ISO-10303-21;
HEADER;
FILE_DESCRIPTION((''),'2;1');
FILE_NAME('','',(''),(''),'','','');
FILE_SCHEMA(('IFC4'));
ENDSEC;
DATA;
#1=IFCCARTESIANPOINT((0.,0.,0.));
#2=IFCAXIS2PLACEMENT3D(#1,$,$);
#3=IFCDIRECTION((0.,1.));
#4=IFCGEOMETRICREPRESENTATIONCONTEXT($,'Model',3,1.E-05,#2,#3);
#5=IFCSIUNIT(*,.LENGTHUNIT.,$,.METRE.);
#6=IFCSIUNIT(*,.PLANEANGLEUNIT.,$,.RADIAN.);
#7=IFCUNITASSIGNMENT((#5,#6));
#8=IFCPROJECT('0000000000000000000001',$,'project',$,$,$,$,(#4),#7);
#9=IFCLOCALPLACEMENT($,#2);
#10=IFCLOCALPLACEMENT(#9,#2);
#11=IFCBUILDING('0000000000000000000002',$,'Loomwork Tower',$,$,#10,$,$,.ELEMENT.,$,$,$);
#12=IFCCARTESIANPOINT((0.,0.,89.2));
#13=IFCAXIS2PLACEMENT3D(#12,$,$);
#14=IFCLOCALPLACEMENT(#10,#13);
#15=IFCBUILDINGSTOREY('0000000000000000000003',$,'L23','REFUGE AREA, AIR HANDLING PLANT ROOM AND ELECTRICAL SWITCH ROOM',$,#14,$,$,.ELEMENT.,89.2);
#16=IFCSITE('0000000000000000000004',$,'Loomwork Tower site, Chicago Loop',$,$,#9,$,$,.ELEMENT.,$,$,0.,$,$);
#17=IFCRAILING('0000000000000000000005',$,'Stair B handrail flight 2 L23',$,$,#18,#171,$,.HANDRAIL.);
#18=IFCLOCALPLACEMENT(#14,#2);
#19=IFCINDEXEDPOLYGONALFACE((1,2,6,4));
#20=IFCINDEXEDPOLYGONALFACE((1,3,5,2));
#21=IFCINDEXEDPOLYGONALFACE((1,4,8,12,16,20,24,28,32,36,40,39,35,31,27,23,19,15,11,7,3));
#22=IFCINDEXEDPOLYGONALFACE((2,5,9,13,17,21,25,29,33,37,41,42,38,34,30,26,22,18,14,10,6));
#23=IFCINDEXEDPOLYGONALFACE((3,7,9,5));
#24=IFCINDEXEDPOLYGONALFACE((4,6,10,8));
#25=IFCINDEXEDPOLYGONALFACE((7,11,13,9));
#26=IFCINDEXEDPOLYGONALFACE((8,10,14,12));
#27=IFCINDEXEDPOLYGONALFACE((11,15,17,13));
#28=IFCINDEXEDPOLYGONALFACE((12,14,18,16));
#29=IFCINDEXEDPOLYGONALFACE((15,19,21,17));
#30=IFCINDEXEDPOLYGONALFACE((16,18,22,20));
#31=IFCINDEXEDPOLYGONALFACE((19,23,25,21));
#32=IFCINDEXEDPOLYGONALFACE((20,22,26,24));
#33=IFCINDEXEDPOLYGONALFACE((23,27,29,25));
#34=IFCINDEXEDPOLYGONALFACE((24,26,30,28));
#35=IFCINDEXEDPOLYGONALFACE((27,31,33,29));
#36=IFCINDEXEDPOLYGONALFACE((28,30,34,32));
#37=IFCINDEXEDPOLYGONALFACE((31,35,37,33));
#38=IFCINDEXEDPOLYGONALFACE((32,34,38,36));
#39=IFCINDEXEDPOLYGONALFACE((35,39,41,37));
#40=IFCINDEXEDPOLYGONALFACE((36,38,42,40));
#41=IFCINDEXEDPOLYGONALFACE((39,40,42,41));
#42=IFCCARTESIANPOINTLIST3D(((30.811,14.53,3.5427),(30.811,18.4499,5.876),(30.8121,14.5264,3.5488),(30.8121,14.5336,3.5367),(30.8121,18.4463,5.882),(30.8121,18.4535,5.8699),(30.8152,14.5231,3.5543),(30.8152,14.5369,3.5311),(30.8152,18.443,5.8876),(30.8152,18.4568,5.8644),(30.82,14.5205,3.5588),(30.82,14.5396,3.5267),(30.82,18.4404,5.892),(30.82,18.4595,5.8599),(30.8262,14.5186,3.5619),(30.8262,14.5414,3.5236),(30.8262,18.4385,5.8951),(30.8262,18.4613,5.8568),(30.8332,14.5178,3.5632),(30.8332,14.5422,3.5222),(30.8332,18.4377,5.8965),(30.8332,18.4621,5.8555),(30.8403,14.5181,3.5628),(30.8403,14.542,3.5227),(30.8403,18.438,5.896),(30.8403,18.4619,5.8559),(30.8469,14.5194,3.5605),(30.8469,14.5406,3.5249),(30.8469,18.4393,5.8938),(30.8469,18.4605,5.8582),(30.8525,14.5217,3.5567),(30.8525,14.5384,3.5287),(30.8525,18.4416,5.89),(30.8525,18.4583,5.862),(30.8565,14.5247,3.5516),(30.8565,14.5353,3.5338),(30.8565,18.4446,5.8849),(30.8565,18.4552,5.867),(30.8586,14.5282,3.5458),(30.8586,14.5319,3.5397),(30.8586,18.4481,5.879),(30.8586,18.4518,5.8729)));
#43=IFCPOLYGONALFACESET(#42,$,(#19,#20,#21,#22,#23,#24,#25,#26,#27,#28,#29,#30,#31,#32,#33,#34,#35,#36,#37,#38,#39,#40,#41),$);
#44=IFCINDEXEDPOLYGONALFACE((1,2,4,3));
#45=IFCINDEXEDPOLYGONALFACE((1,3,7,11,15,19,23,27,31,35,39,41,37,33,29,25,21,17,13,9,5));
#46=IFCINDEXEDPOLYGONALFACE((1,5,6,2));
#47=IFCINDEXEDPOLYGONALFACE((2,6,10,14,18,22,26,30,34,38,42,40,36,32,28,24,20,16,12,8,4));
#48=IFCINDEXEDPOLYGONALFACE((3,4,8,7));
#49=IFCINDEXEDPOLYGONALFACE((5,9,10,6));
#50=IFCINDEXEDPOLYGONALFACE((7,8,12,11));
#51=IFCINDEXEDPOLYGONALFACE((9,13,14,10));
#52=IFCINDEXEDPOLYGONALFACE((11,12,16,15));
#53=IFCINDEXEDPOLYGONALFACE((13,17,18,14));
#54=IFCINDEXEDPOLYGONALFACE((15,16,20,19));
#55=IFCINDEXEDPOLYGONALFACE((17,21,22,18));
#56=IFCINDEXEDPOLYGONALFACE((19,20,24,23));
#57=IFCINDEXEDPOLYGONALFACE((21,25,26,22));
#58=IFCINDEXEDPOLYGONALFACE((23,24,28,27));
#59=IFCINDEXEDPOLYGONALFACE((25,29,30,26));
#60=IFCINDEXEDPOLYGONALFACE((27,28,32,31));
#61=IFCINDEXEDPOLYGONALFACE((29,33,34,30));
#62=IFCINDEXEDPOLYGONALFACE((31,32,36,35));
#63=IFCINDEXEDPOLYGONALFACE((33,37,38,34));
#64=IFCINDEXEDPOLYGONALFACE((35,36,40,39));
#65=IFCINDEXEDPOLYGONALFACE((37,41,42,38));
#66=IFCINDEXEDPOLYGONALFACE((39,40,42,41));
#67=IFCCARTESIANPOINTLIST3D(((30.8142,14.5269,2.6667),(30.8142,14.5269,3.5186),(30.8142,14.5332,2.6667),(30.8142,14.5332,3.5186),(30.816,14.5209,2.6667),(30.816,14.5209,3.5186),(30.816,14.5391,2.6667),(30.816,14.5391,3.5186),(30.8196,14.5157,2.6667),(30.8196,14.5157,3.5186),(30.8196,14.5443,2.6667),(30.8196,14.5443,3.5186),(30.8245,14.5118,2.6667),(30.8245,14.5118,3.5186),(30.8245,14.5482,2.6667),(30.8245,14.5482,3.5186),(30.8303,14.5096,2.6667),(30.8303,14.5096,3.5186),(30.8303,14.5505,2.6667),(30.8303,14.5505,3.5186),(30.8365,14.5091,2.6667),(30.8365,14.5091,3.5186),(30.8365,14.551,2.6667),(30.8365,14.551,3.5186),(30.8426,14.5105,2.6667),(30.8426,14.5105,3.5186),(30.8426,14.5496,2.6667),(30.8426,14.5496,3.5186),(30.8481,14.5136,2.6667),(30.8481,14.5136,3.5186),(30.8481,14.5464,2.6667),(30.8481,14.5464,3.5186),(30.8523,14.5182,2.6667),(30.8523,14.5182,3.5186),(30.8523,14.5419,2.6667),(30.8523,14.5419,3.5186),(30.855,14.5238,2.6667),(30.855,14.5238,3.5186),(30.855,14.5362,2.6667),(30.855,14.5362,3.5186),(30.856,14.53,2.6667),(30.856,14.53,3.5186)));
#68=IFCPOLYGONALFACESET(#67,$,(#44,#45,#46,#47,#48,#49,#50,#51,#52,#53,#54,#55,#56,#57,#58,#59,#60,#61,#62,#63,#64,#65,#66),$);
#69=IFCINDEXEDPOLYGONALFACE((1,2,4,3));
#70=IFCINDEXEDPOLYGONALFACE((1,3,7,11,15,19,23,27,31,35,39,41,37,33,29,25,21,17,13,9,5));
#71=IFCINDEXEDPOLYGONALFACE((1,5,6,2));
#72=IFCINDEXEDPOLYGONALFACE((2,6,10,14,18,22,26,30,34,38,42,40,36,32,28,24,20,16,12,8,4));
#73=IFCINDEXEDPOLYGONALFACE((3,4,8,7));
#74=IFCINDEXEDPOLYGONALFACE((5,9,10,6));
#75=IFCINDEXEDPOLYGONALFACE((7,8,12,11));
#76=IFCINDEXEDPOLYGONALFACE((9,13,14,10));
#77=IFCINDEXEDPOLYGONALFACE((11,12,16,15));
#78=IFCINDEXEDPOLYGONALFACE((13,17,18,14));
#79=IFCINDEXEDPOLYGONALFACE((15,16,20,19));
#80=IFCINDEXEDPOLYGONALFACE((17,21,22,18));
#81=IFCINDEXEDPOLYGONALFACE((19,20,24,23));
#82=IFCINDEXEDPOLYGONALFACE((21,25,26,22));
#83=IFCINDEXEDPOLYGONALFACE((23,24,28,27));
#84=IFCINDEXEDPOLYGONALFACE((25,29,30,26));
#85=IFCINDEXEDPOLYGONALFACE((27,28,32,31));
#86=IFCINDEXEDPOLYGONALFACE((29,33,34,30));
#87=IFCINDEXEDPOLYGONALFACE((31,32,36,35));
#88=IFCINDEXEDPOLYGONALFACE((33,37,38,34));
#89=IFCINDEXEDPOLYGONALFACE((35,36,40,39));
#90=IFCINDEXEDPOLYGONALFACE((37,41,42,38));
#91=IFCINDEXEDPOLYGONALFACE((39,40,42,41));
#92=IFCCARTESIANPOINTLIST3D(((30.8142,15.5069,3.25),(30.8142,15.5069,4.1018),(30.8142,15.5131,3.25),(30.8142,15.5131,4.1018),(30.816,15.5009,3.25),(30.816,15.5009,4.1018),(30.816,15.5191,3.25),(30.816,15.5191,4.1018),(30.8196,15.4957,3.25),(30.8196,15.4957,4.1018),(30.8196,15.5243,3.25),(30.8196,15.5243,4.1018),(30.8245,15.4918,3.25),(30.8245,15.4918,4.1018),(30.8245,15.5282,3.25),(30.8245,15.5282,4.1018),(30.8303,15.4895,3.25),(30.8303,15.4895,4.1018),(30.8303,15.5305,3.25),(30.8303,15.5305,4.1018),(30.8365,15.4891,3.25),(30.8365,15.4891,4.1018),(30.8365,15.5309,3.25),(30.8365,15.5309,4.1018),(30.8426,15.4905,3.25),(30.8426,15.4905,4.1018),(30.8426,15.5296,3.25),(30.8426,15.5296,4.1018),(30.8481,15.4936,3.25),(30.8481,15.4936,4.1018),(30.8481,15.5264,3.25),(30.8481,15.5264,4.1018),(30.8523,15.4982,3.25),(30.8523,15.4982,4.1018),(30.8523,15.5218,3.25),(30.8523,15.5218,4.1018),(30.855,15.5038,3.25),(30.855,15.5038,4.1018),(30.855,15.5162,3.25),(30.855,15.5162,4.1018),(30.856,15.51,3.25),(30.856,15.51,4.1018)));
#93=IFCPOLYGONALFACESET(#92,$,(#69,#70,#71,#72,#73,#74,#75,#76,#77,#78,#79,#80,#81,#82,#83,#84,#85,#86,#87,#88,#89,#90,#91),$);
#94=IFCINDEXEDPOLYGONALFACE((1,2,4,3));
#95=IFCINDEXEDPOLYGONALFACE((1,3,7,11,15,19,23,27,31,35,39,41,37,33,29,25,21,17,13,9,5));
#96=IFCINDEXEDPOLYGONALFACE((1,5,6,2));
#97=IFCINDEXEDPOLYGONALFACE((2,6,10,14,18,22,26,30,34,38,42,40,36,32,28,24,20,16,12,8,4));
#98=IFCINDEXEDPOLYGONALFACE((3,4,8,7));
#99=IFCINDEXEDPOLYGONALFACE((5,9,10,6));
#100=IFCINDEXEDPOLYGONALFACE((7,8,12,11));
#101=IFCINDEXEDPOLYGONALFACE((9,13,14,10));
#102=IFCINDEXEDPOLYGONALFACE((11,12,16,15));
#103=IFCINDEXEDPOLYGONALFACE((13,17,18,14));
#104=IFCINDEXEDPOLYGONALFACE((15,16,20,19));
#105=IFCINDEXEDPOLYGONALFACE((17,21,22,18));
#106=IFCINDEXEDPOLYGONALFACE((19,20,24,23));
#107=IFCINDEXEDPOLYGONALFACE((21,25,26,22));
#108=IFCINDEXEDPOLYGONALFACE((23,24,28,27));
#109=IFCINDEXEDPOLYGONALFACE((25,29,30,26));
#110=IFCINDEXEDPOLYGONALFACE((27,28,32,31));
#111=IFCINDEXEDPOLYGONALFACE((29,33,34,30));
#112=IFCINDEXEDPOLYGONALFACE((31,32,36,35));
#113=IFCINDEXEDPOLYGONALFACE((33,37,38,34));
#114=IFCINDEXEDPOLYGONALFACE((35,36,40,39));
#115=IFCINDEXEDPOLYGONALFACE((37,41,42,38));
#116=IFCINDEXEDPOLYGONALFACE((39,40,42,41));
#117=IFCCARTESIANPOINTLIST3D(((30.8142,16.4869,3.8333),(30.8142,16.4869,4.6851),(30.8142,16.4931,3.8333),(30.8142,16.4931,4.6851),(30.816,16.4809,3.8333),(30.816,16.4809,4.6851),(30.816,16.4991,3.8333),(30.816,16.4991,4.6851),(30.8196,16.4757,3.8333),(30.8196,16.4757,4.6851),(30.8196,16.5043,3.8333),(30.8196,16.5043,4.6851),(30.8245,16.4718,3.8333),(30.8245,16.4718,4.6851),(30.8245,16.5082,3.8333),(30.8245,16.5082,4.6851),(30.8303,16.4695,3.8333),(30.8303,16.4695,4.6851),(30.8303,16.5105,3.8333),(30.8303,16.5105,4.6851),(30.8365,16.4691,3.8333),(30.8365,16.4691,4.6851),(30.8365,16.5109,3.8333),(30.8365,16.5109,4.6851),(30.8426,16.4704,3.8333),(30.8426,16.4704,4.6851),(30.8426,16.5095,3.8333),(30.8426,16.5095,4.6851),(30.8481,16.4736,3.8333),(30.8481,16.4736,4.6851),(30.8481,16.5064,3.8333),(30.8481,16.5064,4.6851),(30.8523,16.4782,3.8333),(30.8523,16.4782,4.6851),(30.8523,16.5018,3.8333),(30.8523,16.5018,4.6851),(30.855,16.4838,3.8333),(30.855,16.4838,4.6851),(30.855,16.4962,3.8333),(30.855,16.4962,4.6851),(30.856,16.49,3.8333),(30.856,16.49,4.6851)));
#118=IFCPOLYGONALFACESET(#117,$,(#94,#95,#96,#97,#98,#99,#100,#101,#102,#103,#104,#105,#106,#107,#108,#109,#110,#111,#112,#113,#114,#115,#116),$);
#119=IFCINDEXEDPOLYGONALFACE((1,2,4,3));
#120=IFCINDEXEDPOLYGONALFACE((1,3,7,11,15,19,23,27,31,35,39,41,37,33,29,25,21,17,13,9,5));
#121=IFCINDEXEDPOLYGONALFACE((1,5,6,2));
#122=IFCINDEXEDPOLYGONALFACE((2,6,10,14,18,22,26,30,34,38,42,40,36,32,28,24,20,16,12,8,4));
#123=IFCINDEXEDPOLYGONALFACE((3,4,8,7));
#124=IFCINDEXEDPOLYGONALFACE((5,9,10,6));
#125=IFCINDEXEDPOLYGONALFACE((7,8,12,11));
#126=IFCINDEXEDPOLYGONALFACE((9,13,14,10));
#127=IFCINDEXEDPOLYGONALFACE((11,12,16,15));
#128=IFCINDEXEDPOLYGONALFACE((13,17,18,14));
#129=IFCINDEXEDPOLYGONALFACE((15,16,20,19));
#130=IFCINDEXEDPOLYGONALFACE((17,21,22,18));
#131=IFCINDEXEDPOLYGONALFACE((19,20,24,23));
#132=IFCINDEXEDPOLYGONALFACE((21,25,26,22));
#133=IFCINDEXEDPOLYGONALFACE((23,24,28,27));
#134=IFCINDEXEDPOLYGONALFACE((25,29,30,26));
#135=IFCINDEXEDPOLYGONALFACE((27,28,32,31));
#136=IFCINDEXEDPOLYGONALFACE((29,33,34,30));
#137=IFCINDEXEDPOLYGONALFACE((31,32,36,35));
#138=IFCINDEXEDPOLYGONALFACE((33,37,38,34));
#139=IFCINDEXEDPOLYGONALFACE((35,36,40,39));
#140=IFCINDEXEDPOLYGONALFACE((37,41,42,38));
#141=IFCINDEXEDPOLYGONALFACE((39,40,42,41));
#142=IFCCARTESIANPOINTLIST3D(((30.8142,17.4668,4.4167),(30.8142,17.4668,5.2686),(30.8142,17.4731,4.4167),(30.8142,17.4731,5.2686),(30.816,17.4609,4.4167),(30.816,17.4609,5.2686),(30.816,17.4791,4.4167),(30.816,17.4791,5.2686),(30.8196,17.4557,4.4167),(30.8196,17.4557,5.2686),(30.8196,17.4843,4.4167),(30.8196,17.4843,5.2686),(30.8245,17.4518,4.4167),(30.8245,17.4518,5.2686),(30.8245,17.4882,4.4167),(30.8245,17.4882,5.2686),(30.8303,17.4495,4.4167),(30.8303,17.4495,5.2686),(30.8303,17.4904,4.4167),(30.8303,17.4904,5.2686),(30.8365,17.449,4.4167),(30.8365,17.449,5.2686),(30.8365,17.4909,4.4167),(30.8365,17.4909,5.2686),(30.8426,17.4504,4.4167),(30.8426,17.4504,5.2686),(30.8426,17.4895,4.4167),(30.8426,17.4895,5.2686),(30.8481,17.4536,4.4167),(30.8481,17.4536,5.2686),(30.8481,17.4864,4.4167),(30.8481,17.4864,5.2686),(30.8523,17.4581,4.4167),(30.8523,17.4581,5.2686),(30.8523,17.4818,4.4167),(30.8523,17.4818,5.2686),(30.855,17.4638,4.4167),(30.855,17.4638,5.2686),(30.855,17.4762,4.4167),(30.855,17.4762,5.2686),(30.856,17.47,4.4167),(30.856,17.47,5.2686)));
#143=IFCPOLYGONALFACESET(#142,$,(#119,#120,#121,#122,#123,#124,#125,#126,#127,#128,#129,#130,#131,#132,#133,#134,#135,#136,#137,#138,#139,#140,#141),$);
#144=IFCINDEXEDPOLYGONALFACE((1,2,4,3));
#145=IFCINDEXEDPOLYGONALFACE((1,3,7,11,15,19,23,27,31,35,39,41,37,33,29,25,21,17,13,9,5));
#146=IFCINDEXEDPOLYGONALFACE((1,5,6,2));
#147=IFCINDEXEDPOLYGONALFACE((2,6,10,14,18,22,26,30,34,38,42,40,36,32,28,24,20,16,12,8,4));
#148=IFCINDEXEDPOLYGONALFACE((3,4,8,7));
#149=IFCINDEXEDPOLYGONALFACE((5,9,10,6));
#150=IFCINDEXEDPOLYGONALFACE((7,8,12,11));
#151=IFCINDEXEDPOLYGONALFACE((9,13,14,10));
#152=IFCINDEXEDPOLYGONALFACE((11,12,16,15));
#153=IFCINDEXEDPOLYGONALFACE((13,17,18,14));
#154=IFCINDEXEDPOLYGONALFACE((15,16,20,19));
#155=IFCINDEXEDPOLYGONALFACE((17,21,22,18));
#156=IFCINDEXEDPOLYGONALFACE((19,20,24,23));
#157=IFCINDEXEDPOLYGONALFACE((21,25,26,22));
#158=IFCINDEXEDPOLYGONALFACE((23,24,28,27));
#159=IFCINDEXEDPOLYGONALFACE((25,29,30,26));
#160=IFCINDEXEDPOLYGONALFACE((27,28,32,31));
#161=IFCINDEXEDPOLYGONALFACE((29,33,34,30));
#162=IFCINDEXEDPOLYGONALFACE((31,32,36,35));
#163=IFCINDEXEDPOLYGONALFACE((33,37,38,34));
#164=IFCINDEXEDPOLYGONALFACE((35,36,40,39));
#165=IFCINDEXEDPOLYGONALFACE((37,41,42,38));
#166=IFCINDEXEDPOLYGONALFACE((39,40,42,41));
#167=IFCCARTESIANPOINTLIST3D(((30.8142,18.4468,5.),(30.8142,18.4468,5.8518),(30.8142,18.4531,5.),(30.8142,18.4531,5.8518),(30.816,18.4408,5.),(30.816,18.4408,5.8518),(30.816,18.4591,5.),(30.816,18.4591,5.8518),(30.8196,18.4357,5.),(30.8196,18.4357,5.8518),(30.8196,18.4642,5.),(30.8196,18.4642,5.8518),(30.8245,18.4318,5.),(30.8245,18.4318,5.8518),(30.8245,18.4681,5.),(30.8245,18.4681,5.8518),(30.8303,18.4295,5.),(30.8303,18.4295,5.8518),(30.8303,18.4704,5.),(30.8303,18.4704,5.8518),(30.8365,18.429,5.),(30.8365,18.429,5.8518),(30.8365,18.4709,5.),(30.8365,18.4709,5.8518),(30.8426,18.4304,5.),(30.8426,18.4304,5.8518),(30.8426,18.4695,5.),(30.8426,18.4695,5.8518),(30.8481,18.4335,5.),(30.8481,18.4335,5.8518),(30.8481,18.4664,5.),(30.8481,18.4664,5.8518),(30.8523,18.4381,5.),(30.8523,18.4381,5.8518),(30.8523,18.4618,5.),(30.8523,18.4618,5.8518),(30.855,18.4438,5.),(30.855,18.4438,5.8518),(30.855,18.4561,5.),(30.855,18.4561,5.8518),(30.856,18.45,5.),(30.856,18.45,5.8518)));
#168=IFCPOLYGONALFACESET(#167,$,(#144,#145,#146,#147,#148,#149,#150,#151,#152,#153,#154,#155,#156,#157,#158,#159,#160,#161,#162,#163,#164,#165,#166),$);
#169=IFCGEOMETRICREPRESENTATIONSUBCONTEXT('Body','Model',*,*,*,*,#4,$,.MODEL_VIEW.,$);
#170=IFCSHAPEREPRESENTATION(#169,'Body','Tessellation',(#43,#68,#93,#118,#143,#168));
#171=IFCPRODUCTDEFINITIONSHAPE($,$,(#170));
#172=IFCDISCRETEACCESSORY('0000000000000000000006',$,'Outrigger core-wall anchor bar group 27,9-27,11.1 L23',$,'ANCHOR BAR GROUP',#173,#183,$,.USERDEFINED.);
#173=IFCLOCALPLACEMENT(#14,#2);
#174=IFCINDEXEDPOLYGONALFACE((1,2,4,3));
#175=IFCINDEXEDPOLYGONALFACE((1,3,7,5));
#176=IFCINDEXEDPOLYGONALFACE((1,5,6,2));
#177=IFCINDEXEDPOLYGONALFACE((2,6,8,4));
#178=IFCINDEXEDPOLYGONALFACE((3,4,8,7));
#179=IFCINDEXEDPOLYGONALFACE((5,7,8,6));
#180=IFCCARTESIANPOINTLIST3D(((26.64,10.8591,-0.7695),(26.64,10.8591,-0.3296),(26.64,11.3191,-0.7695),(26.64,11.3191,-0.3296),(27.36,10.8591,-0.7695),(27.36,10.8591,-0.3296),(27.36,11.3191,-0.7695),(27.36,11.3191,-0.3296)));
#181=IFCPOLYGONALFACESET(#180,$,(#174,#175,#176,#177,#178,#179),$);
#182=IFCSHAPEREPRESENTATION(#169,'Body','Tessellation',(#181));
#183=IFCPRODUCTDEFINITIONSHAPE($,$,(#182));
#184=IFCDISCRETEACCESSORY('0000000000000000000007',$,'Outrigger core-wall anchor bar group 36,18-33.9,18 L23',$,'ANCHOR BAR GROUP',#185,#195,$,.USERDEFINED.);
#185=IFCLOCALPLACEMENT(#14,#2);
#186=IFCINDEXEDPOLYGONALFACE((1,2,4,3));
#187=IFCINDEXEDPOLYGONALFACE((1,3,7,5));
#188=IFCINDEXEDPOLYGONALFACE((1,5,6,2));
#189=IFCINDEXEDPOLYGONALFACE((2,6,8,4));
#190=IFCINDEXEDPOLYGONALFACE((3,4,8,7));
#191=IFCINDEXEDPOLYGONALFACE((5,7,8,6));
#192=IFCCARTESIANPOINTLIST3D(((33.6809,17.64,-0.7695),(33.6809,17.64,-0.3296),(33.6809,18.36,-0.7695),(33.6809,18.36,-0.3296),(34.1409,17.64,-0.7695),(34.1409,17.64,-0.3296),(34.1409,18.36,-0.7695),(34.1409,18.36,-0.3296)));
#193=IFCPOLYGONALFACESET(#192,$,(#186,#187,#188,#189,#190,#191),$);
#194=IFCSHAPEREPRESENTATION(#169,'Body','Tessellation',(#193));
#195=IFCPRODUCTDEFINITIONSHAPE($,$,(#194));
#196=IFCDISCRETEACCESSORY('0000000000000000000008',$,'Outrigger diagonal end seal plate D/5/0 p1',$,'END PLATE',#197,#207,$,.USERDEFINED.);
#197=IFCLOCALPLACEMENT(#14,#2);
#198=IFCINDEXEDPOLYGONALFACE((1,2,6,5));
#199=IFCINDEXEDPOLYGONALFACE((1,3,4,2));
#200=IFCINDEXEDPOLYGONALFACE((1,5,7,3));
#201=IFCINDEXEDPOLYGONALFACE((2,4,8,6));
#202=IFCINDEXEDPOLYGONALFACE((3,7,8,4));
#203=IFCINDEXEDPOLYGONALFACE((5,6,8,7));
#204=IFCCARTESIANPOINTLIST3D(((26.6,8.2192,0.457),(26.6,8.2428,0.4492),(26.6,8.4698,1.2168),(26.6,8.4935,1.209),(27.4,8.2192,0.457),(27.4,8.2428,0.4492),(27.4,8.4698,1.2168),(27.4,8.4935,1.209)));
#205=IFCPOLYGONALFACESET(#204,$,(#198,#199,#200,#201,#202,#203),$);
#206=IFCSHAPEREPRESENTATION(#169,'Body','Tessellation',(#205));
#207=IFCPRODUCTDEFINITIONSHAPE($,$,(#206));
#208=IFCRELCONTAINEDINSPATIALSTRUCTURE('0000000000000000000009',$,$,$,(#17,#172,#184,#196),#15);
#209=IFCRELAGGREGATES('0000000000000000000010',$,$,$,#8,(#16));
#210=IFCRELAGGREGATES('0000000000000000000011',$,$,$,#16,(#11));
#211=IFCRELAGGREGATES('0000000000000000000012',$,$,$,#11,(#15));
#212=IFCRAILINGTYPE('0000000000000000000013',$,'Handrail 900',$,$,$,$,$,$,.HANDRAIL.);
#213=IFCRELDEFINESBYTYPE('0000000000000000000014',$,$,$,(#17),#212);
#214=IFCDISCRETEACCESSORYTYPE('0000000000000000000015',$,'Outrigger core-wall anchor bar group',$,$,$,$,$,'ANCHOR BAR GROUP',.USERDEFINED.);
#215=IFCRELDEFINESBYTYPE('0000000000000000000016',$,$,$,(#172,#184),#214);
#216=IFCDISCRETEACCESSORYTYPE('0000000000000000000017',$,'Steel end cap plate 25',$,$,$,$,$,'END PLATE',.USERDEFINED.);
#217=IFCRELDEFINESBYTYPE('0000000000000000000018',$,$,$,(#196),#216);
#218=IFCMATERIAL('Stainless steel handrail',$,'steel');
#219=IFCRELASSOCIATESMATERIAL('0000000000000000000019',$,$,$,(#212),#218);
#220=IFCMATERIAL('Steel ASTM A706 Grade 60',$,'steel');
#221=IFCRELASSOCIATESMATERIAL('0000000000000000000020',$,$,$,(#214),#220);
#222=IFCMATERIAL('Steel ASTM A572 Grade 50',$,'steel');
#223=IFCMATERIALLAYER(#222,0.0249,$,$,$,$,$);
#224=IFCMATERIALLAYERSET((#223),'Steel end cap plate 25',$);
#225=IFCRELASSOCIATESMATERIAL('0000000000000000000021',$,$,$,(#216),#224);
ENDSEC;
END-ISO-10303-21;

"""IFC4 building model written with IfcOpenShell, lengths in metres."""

from ifc_helpers import new_model, si_unit, direction, frame, origin, origin_2d, place, context, subcontext, project, spatial, rectangle, circle, extrude, material, layer, layer_set, type_object, element, save


model = new_model("IFC4")

# Units and contexts
model_context = context("Model", 3, precision=1e-05, world=origin(), true_north=direction((0.0, 1.0)))
body_context = subcontext(model_context, "Body", "Model", "MODEL_VIEW")
ifc_project = project(units=[si_unit("LENGTHUNIT", "METRE"), si_unit("PLANEANGLEUNIT", "RADIAN")], contexts=[model_context])

# Site, building, storey
site_placement = place(None, origin())
site = spatial("IfcSite", under=ifc_project, at=site_placement, Name="Loomwork Tower site, Chicago Loop", CompositionType="ELEMENT", RefElevation=0.0)
building_placement = place(site_placement, origin())
building = spatial("IfcBuilding", under=site, at=building_placement, Name="Loomwork Tower", CompositionType="ELEMENT")
storey_placement = place(building_placement, frame((0.0, 0.0, 89.2)))
storey = spatial("IfcBuildingStorey", under=building, at=storey_placement, Name="L23", Description="REFUGE AREA, AIR HANDLING PLANT ROOM AND ELECTRICAL SWITCH ROOM", CompositionType="ELEMENT", Elevation=89.2)

# Railing
ifc_material_1 = material(Name="Stainless steel handrail", Category="steel")
railing_type = type_object("IfcRailingType", Name="Handrail 900", PredefinedType="HANDRAIL", material=ifc_material_1)
railing_placement = place(storey_placement, frame((30.835, 14.53, 2.6667)))
element("IfcRailing", 1, at=railing_placement, inside=storey, type_object=railing_type, Name="Stair B handrail flight 2 L23", PredefinedType="HANDRAIL", context=body_context, shape_type="SweptSolid", body=[
    extrude(circle(Radius=0.0239, at=origin_2d()), frame((0.0, 0.0, 0.876), z_axis=(0.0, 0.859296, 0.511478), x_axis=(-1.0, 0.0, 0.0)), (0.0, 0.0, 1.0), 4.5618),
    extrude(circle(Radius=0.021, at=origin_2d()), origin(), (0.0, 0.0, 1.0), 0.8518),
    extrude(circle(Radius=0.021, at=origin_2d()), frame((0.0, 0.98, 0.5833)), (0.0, 0.0, 1.0), 0.8518),
    extrude(circle(Radius=0.021, at=origin_2d()), frame((0.0, 1.96, 1.1665)), (0.0, 0.0, 1.0), 0.8518),
    extrude(circle(Radius=0.021, at=origin_2d()), frame((0.0, 2.9399, 1.75)), (0.0, 0.0, 1.0), 0.8518),
    extrude(circle(Radius=0.021, at=origin_2d()), frame((0.0, 3.9199, 2.3333)), (0.0, 0.0, 1.0), 0.8518),
])

# Discrete accessories
ifc_material_2 = material(Name="Steel ASTM A706 Grade 60", Category="steel")
discrete_accessory_type_1 = type_object("IfcDiscreteAccessoryType", Name="Outrigger core-wall anchor bar group", ElementType="ANCHOR BAR GROUP", PredefinedType="USERDEFINED", material=ifc_material_2)
discrete_accessory_1_placement = place(storey_placement, frame((27.0, 11.0891, -0.7695), z_axis=(0.0, 0.0, 1.0), x_axis=(1.0, 0.0, 0.0)))
element("IfcDiscreteAccessory", 2, at=discrete_accessory_1_placement, inside=storey, type_object=discrete_accessory_type_1, Name="Outrigger core-wall anchor bar group 27,9-27,11.1 L23", ObjectType="ANCHOR BAR GROUP", PredefinedType="USERDEFINED", context=body_context, shape_type="SweptSolid", body=[
    extrude(rectangle(XDim=0.72, YDim=0.46, at=origin_2d()), origin(), (0.0, 0.0, 1.0), 0.4399),
])
discrete_accessory_2_placement = place(storey_placement, frame((33.9109, 18.0, -0.7695), z_axis=(0.0, 0.0, 1.0), x_axis=(1.0, 0.0, 0.0)))
element("IfcDiscreteAccessory", 3, at=discrete_accessory_2_placement, inside=storey, type_object=discrete_accessory_type_1, Name="Outrigger core-wall anchor bar group 36,18-33.9,18 L23", ObjectType="ANCHOR BAR GROUP", PredefinedType="USERDEFINED", context=body_context, shape_type="SweptSolid", body=[
    extrude(rectangle(XDim=0.46, YDim=0.72, at=origin_2d()), origin(), (0.0, 0.0, 1.0), 0.4399),
])
ifc_material_3 = material(Name="Steel ASTM A572 Grade 50", Category="steel")
ifc_layer_1 = layer(ifc_material_3, 0.0249)
ifc_layer_set_1 = layer_set([ifc_layer_1], Name="Steel end cap plate 25")
discrete_accessory_type_2 = type_object("IfcDiscreteAccessoryType", Name="Steel end cap plate 25", ElementType="END PLATE", PredefinedType="USERDEFINED", material=ifc_layer_set_1)
discrete_accessory_3_placement = place(storey_placement, frame((27.0, 8.3445, 0.8369), z_axis=(0.0, 0.949658, -0.313289), x_axis=(-1.0, 0.0, 0.0)))
element("IfcDiscreteAccessory", 4, at=discrete_accessory_3_placement, inside=storey, type_object=discrete_accessory_type_2, Name="Outrigger diagonal end seal plate D/5/0 p1", ObjectType="END PLATE", PredefinedType="USERDEFINED", context=body_context, shape_type="SweptSolid", body=[
    extrude(rectangle(XDim=0.8, YDim=0.8, at=origin_2d()), origin(), (0.0, 0.0, 1.0), 0.0249),
])

save(model, "model.ifc")
